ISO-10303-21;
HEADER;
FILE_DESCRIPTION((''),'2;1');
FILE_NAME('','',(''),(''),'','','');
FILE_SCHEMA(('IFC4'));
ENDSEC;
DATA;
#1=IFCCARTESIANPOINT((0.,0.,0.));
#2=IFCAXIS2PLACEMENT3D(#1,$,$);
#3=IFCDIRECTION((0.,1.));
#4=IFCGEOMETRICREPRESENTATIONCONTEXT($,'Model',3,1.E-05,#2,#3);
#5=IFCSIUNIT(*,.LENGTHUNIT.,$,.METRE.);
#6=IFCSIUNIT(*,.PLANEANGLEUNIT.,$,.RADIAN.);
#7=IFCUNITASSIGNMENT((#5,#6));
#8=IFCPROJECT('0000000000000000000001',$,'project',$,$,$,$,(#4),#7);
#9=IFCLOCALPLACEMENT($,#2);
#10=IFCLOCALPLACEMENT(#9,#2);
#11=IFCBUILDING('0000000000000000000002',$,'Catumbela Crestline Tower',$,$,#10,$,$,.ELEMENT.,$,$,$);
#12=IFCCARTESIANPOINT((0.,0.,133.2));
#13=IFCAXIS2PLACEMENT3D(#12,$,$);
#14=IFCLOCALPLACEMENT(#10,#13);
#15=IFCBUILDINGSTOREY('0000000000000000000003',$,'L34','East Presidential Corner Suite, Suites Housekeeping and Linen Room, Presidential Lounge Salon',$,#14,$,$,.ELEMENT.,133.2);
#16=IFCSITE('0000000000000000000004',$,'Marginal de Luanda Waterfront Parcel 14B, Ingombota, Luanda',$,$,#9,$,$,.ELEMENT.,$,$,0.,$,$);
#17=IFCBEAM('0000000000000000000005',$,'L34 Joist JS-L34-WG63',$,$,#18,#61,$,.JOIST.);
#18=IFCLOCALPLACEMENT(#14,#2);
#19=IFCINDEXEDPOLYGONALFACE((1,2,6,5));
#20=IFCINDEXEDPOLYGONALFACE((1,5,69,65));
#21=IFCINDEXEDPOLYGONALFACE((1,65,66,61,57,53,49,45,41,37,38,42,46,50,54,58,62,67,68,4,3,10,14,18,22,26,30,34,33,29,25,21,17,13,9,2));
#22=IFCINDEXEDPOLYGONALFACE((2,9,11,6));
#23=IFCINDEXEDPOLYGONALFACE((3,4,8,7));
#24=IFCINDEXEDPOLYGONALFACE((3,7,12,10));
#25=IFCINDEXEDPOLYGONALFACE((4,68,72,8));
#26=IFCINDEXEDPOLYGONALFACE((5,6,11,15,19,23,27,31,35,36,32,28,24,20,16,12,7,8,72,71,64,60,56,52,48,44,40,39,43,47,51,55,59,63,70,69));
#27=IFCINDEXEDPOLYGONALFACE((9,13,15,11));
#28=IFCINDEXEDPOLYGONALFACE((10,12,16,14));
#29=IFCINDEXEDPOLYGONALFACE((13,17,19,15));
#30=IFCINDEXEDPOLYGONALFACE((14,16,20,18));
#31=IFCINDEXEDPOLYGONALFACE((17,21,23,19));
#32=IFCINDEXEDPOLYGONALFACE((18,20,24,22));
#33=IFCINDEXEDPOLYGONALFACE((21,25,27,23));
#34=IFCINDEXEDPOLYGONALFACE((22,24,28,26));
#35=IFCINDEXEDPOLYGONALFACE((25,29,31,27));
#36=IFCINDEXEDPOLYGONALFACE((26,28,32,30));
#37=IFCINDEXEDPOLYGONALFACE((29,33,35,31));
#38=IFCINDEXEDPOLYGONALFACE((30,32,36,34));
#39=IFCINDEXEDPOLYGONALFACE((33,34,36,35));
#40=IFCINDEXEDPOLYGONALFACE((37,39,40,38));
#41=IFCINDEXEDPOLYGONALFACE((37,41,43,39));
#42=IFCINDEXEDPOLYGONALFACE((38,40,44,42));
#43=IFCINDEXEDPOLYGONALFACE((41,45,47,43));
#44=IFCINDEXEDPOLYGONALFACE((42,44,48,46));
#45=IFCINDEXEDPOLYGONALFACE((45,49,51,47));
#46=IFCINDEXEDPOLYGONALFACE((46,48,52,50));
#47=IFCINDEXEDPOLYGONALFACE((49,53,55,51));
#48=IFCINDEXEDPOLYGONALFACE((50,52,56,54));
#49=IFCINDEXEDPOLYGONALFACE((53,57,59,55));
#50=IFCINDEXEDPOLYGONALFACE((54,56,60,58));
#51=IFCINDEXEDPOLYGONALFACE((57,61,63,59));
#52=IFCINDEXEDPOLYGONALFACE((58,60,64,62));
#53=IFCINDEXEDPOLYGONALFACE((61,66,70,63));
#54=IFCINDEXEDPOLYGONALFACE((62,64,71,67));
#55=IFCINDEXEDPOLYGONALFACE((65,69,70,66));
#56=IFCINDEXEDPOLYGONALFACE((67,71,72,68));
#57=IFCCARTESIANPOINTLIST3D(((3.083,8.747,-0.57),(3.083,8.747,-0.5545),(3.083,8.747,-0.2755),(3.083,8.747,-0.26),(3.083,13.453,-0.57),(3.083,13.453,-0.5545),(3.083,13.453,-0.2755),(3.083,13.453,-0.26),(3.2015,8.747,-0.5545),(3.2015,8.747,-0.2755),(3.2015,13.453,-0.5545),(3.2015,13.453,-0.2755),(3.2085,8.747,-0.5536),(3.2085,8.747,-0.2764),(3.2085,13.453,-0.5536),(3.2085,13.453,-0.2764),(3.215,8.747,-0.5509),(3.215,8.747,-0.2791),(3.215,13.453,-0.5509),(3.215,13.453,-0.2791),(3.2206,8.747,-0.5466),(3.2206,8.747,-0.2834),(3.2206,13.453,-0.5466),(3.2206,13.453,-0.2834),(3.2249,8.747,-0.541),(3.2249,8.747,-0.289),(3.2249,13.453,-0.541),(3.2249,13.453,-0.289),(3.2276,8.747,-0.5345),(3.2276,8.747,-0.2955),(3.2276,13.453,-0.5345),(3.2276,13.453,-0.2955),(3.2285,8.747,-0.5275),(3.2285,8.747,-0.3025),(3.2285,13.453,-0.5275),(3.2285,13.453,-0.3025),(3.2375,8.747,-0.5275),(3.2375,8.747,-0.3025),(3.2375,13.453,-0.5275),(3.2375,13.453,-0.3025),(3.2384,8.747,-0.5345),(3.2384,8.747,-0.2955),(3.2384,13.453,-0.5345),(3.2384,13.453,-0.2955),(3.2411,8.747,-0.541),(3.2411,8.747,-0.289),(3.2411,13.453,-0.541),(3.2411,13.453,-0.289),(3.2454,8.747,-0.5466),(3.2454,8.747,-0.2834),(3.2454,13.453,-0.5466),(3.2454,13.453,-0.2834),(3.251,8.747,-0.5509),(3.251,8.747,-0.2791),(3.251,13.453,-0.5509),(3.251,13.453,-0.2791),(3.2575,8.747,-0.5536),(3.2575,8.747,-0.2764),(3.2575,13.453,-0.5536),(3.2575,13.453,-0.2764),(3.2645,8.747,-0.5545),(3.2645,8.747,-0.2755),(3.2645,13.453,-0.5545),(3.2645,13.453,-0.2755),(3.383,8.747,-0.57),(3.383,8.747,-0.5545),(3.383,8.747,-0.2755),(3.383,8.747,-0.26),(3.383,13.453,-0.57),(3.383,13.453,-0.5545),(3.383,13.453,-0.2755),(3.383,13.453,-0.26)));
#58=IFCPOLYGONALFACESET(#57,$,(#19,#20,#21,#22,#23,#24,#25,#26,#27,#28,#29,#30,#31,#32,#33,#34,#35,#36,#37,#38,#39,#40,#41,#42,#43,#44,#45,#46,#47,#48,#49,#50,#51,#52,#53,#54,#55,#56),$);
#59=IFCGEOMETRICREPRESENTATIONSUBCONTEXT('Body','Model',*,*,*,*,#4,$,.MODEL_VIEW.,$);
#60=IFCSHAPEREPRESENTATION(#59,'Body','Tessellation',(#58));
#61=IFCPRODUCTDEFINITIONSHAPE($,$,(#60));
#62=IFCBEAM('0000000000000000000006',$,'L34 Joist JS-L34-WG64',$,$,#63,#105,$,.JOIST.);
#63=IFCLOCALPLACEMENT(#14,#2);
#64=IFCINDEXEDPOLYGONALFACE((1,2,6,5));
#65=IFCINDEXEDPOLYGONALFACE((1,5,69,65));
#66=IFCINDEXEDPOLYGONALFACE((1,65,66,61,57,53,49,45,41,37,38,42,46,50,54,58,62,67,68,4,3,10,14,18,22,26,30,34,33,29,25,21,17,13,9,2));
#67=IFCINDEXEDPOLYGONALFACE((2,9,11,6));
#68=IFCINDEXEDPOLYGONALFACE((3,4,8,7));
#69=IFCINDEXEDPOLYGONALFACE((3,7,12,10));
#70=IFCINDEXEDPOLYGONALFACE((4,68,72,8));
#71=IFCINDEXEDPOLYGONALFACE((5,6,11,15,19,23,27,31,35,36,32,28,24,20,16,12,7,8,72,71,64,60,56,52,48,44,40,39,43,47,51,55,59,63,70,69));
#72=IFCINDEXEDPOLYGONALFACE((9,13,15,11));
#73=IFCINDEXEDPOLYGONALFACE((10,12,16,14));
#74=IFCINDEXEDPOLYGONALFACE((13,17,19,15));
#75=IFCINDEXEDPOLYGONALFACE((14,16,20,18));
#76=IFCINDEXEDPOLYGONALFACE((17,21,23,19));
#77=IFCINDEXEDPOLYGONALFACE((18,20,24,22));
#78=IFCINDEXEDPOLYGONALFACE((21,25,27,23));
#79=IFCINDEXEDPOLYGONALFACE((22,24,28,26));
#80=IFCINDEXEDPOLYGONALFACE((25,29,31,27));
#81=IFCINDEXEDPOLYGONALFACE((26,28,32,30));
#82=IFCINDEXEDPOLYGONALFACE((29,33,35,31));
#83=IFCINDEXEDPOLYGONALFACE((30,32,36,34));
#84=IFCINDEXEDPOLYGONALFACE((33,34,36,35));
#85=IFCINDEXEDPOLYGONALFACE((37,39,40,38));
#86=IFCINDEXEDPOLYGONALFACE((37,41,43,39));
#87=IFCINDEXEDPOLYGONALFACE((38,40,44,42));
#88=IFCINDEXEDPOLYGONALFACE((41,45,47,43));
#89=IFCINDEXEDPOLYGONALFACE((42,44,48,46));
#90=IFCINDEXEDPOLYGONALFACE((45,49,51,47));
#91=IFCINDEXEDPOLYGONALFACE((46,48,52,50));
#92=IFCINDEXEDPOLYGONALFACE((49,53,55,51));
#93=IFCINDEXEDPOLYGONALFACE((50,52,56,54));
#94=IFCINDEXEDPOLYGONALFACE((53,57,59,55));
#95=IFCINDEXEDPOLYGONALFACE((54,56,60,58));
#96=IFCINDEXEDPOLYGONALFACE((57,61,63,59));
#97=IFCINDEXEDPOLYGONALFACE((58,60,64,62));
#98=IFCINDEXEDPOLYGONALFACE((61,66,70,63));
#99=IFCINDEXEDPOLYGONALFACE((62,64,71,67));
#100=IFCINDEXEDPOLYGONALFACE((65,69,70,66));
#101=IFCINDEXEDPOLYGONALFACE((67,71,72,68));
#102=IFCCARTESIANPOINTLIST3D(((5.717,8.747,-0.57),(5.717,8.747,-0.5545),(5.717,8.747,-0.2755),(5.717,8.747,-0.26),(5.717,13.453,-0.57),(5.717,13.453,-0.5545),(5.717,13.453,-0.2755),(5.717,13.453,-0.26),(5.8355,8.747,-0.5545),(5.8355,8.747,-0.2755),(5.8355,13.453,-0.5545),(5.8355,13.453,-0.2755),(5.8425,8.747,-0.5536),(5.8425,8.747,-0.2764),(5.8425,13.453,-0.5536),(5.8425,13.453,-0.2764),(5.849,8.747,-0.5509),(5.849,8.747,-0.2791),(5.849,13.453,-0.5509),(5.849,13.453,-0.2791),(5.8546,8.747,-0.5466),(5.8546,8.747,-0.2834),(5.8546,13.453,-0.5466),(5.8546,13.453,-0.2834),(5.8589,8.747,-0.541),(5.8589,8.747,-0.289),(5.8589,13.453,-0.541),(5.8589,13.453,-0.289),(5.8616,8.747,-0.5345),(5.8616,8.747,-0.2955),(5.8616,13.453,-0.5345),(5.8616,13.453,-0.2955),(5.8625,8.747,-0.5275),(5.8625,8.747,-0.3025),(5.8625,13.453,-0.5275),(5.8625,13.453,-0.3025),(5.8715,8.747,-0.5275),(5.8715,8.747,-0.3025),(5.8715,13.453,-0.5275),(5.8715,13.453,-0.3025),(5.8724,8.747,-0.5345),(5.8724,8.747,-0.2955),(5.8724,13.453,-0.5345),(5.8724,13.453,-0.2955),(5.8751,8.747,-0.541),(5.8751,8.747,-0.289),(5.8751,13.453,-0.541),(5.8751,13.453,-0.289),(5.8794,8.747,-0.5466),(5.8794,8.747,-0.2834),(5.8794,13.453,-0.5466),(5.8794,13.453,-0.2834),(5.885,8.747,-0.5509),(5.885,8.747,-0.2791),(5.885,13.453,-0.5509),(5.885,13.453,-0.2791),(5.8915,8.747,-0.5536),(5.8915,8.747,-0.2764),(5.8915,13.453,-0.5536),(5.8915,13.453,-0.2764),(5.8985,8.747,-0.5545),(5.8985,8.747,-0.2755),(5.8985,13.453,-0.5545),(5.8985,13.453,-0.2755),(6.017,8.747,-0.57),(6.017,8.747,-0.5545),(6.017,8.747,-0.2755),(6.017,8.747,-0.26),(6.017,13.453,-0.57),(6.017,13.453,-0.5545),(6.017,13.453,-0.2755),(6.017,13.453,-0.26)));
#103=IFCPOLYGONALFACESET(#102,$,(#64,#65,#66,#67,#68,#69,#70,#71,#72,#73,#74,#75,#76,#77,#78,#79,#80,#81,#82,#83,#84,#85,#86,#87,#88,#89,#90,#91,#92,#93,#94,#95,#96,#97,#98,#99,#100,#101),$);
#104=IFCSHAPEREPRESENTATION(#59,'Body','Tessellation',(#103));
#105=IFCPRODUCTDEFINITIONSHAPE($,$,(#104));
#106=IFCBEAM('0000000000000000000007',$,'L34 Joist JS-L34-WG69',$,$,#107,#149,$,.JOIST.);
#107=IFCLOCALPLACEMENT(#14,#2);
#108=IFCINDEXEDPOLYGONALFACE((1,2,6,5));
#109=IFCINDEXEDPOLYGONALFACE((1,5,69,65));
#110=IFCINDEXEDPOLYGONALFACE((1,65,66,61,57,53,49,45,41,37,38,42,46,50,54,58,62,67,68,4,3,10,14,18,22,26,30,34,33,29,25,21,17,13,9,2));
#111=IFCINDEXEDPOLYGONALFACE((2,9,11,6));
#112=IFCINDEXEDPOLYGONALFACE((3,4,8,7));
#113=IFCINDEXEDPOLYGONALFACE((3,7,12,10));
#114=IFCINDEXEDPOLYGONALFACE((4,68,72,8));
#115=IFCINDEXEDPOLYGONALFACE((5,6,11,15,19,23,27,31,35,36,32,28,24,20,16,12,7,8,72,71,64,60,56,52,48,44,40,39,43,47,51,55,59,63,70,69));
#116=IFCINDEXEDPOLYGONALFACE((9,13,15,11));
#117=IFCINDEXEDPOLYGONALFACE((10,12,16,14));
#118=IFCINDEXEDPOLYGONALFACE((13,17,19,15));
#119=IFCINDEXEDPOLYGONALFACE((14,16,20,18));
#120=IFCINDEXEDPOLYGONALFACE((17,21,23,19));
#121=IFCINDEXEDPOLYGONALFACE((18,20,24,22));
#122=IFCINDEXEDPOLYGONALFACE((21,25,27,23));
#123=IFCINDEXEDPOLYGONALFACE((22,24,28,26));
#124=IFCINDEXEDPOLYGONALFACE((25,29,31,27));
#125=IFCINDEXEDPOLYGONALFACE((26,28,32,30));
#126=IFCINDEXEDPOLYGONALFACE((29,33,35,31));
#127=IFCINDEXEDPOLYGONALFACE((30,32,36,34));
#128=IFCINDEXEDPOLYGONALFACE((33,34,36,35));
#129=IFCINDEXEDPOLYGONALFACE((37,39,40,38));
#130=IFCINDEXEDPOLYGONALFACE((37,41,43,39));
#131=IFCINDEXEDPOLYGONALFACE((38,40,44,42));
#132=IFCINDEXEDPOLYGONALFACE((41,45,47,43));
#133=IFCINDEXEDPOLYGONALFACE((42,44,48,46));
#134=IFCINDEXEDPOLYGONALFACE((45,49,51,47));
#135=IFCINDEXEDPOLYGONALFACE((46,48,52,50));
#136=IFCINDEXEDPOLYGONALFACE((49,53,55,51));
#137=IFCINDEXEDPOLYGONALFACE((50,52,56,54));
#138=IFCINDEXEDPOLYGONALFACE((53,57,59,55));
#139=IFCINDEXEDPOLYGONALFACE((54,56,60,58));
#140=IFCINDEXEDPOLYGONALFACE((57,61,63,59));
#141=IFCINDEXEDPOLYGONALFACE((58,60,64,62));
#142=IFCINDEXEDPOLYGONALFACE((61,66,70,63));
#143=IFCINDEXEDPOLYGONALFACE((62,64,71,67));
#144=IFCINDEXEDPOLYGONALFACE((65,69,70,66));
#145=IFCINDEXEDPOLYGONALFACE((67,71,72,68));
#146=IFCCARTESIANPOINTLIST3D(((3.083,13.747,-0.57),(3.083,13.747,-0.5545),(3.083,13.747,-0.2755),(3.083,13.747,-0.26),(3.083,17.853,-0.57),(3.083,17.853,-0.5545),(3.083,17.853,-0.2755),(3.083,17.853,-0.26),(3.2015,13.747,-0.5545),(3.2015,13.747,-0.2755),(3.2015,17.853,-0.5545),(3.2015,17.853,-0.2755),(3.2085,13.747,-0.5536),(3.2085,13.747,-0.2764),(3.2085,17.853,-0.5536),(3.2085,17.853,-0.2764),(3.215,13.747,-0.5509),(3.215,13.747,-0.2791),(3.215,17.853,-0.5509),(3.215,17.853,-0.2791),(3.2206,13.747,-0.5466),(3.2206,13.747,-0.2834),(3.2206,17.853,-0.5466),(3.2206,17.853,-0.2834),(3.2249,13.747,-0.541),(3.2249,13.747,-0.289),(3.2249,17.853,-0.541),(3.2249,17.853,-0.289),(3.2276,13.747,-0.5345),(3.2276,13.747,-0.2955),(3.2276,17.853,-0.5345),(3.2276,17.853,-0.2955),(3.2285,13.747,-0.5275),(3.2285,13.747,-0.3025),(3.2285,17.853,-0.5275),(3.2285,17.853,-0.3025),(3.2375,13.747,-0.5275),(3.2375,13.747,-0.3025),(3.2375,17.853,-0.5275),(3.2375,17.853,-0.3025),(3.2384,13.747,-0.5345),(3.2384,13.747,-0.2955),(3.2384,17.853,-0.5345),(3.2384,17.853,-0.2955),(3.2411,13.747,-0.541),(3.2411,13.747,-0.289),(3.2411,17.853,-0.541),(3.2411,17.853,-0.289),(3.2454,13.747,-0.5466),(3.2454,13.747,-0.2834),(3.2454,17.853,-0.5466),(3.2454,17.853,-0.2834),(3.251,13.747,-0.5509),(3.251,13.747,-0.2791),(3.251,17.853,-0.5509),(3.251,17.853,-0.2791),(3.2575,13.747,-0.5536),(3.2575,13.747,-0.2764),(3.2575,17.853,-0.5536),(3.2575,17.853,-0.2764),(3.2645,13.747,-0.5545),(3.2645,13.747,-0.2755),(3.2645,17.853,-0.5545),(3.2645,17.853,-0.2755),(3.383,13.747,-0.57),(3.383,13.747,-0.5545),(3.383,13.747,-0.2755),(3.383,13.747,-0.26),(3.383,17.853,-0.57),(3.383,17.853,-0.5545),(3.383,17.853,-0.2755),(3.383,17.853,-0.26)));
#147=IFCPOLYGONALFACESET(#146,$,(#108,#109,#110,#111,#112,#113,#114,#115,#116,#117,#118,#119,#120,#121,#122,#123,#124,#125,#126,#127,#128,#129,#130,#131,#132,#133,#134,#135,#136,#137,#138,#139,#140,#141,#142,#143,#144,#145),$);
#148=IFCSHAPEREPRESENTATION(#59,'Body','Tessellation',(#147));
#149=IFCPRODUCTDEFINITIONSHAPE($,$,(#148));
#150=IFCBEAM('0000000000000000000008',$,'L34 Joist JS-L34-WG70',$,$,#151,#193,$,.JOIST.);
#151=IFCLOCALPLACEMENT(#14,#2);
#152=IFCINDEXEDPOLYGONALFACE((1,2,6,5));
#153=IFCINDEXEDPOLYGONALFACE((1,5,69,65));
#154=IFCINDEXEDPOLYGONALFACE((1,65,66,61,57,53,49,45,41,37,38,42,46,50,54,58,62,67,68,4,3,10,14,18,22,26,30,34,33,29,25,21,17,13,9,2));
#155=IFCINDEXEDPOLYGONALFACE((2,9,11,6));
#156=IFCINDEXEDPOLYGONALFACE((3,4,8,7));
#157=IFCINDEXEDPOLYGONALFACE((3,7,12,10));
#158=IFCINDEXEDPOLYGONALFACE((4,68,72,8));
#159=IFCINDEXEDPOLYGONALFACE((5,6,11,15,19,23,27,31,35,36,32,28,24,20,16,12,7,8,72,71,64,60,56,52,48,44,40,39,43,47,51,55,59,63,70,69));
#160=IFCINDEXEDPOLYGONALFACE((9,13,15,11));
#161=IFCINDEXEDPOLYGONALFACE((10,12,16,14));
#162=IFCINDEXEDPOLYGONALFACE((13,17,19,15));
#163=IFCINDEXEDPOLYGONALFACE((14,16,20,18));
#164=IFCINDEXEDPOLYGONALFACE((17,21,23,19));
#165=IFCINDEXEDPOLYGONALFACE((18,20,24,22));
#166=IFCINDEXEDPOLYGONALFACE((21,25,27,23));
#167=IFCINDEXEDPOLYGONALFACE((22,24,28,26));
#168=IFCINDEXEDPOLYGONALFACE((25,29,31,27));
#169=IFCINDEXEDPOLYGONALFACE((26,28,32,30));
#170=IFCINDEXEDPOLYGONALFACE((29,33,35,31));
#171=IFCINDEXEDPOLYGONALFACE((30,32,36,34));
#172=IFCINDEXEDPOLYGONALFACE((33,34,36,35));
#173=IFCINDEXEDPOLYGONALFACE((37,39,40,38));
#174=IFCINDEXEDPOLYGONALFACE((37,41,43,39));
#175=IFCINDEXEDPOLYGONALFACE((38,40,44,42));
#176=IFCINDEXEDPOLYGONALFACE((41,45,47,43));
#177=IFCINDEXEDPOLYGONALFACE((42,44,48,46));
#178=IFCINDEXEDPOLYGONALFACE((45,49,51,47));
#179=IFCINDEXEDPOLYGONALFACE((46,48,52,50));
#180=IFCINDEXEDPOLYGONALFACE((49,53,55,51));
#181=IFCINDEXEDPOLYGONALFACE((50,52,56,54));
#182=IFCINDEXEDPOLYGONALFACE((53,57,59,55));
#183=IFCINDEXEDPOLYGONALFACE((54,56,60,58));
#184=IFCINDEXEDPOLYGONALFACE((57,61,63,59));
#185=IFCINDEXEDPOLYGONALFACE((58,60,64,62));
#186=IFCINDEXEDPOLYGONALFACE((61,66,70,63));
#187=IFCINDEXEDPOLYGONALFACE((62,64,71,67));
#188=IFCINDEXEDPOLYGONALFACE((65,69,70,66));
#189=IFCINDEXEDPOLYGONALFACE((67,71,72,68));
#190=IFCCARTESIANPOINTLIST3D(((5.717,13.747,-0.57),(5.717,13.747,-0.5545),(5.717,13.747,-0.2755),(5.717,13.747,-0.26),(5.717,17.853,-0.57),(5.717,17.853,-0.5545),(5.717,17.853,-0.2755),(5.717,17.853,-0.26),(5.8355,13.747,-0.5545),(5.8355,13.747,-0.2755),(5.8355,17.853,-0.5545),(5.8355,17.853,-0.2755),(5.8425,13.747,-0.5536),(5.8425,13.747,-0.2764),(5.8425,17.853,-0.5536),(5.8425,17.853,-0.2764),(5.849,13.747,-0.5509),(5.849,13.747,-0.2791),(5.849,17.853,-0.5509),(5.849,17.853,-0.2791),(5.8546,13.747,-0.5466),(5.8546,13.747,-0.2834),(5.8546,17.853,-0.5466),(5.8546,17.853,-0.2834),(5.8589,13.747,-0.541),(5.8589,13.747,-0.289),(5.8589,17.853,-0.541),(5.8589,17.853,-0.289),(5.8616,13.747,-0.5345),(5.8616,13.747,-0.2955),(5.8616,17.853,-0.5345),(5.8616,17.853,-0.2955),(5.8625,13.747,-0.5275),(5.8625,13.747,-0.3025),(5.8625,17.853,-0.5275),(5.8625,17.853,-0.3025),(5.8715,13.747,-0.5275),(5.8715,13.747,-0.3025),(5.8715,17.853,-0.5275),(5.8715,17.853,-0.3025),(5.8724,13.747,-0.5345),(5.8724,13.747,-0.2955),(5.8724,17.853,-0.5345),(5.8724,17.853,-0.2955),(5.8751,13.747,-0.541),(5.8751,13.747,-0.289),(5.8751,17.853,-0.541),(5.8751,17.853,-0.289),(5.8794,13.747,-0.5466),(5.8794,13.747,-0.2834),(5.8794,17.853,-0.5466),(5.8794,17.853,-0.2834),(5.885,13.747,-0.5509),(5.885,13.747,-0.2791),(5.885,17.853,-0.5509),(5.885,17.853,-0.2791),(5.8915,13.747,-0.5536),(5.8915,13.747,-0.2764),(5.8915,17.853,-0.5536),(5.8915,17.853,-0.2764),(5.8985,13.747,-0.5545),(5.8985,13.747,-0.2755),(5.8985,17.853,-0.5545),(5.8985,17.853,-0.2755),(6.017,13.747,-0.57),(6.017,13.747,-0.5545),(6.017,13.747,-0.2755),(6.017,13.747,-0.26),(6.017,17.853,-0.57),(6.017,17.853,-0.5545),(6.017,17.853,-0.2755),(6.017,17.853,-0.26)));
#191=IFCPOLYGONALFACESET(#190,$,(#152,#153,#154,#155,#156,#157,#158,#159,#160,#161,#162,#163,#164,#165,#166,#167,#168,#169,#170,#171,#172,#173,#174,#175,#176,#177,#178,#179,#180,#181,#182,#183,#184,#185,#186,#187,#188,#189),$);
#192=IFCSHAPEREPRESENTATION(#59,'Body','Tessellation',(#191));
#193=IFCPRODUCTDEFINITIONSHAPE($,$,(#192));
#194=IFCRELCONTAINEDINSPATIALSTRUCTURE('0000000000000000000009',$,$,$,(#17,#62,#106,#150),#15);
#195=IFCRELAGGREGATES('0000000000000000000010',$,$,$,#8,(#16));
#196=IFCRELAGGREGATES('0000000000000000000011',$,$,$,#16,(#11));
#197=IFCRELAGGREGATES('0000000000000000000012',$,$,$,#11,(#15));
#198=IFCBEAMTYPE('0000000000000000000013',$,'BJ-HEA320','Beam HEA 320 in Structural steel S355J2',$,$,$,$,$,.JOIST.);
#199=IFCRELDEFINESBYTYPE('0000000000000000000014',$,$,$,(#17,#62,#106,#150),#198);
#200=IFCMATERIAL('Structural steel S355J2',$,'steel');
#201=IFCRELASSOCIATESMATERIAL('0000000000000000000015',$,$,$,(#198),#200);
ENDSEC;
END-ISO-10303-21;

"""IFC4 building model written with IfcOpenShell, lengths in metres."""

from ifc_helpers import new_model, si_unit, direction, frame, origin, origin_2d, place, context, subcontext, project, spatial, i_section, extrude, material, material_profile, profile_set, type_object, element, save


model = new_model("IFC4")

# Units and contexts
model_context = context("Model", 3, precision=1e-05, world=origin(), true_north=direction((0.0, 1.0)))
body_context = subcontext(model_context, "Body", "Model", "MODEL_VIEW")
ifc_project = project(units=[si_unit("LENGTHUNIT", "METRE"), si_unit("PLANEANGLEUNIT", "RADIAN")], contexts=[model_context])

# Site, building, storey
site_placement = place(None, origin())
site = spatial("IfcSite", under=ifc_project, at=site_placement, Name="Marginal de Luanda Waterfront Parcel 14B, Ingombota, Luanda", CompositionType="ELEMENT", RefElevation=0.0)
building_placement = place(site_placement, origin())
building = spatial("IfcBuilding", under=site, at=building_placement, Name="Catumbela Crestline Tower", CompositionType="ELEMENT")
storey_placement = place(building_placement, frame((0.0, 0.0, 133.2)))
storey = spatial("IfcBuildingStorey", under=building, at=storey_placement, Name="L34", Description="East Presidential Corner Suite, Suites Housekeeping and Linen Room, Presidential Lounge Salon", CompositionType="ELEMENT", Elevation=133.2)

# Beams
ifc_material_1 = material(Name="Structural steel S355J2", Category="steel")
ifc_material_profile_1 = material_profile(ifc_material_1, i_section(OverallWidth=0.3, OverallDepth=0.31, WebThickness=0.009, FlangeThickness=0.0155, FilletRadius=0.027, at=origin_2d()), Name="HEA 320")
ifc_profile_set_1 = profile_set([ifc_material_profile_1], Name="Structural steel S355J2")
beam_type_1 = type_object("IfcBeamType", Name="BJ-HEA320", Description="Beam HEA 320 in Structural steel S355J2", PredefinedType="JOIST", material=ifc_profile_set_1)
for number, where, z_axis, x_axis, name in (
    (1, (3.233, 8.747, -0.415), (0.0, 1.0, 0.0), (-1.0, 0.0, 0.0), "L34 Joist JS-L34-WG63"),
    (2, (5.867, 8.747, -0.415), (0.0, 1.0, 0.0), (-1.0, 0.0, 0.0), "L34 Joist JS-L34-WG64"),
):
    element("IfcBeam", number, at=place(storey_placement, frame(where, z_axis=z_axis, x_axis=x_axis)), inside=storey, type_object=beam_type_1, Name=name, PredefinedType="JOIST", context=body_context, shape_type="SweptSolid", body=[
        extrude(i_section(OverallWidth=0.3, OverallDepth=0.31, WebThickness=0.009, FlangeThickness=0.0155, FilletRadius=0.027, at=origin_2d()), origin(), (0.0, 0.0, 1.0), 4.706),
    ])
for number, where, z_axis, x_axis, name in (
    (3, (3.233, 13.747, -0.415), (0.0, 1.0, 0.0), (-1.0, 0.0, 0.0), "L34 Joist JS-L34-WG69"),
    (4, (5.867, 13.747, -0.415), (0.0, 1.0, 0.0), (-1.0, 0.0, 0.0), "L34 Joist JS-L34-WG70"),
):
    element("IfcBeam", number, at=place(storey_placement, frame(where, z_axis=z_axis, x_axis=x_axis)), inside=storey, type_object=beam_type_1, Name=name, PredefinedType="JOIST", context=body_context, shape_type="SweptSolid", body=[
        extrude(i_section(OverallWidth=0.3, OverallDepth=0.31, WebThickness=0.009, FlangeThickness=0.0155, FilletRadius=0.027, at=origin_2d()), origin(), (0.0, 0.0, 1.0), 4.106),
    ])

save(model, "model.ifc")
